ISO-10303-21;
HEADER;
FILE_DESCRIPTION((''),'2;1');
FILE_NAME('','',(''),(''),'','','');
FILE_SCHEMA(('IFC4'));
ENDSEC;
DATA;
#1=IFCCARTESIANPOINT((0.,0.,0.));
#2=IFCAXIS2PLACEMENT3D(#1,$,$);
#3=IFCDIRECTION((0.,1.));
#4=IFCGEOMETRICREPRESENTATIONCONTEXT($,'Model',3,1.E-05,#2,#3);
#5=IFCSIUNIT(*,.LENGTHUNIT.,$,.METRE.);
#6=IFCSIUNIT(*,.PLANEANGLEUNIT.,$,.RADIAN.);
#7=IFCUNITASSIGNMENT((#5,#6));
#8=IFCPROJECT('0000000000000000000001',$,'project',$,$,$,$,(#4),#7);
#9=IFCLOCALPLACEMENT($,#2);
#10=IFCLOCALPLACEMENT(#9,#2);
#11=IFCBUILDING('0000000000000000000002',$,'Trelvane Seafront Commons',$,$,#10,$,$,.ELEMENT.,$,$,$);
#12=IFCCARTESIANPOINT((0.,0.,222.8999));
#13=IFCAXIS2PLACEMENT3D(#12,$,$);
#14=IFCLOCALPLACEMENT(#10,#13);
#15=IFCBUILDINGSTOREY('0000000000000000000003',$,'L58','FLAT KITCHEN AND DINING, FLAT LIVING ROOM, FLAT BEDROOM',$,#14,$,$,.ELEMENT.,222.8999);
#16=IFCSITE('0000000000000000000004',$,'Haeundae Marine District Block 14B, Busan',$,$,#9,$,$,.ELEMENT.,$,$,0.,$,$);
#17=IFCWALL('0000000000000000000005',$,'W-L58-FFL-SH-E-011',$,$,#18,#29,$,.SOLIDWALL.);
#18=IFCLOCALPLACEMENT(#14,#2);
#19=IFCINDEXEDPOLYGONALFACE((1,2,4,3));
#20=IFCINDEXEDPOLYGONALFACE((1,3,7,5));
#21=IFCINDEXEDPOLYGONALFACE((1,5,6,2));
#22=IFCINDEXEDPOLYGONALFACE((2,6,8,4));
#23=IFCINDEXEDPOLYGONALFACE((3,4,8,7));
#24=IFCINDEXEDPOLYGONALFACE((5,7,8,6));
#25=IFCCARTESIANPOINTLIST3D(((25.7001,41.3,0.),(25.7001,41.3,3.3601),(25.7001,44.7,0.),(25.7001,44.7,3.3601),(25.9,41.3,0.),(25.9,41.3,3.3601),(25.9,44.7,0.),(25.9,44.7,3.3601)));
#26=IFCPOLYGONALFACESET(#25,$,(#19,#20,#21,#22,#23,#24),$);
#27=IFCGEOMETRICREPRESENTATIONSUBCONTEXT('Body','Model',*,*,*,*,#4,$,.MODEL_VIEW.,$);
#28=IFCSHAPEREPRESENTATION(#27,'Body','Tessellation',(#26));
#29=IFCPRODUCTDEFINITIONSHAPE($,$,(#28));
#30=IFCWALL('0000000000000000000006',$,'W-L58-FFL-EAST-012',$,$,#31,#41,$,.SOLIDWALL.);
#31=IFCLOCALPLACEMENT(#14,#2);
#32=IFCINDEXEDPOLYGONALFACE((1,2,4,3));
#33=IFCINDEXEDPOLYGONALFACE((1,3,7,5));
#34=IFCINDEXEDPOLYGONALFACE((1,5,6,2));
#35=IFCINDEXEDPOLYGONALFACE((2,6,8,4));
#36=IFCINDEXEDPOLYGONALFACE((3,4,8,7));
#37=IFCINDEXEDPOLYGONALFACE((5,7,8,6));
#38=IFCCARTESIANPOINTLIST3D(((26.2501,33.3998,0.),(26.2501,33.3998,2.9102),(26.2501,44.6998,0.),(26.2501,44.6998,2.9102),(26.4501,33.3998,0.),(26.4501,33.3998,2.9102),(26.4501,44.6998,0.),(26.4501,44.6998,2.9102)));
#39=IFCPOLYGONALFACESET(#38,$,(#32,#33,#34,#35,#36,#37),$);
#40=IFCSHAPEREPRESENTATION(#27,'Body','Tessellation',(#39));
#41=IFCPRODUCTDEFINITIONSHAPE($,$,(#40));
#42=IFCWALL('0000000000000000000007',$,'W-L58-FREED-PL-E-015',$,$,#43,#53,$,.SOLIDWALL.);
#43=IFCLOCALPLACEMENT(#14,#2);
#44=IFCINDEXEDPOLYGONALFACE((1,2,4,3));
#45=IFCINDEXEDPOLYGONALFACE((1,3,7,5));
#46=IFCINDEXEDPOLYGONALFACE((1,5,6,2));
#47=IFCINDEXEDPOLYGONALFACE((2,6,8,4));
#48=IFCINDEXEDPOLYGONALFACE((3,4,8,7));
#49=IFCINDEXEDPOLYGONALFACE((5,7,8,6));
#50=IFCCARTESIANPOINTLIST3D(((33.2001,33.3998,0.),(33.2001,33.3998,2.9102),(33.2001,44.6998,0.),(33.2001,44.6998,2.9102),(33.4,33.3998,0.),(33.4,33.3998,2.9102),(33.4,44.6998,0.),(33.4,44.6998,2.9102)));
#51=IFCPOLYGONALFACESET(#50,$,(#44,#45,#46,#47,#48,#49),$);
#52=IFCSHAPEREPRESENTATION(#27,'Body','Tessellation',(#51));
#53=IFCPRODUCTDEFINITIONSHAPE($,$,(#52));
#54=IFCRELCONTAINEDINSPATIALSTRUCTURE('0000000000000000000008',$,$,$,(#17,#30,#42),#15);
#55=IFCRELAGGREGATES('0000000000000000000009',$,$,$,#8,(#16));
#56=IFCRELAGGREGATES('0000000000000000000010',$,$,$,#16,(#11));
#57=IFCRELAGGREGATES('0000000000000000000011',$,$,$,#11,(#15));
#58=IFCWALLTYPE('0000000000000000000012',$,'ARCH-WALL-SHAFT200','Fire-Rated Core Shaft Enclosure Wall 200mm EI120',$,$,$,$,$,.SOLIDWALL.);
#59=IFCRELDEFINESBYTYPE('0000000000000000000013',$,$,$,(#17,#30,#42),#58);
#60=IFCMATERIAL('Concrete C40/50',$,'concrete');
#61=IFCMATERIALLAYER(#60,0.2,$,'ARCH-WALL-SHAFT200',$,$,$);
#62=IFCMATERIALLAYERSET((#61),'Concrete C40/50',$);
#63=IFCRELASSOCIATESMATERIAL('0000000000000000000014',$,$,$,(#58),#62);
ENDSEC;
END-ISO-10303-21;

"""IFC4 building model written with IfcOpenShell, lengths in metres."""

from ifc_helpers import new_model, si_unit, direction, frame, frame_2d, origin, place, context, subcontext, project, spatial, rectangle, extrude, material, layer, layer_set, type_object, element, save


model = new_model("IFC4")

# Units and contexts
model_context = context("Model", 3, precision=1e-05, world=origin(), true_north=direction((0.0, 1.0)))
body_context = subcontext(model_context, "Body", "Model", "MODEL_VIEW")
ifc_project = project(units=[si_unit("LENGTHUNIT", "METRE"), si_unit("PLANEANGLEUNIT", "RADIAN")], contexts=[model_context])

# Site, building, storey
site_placement = place(None, origin())
site = spatial("IfcSite", under=ifc_project, at=site_placement, Name="Haeundae Marine District Block 14B, Busan", CompositionType="ELEMENT", RefElevation=0.0)
building_placement = place(site_placement, origin())
building = spatial("IfcBuilding", under=site, at=building_placement, Name="Trelvane Seafront Commons", CompositionType="ELEMENT")
storey_placement = place(building_placement, frame((0.0, 0.0, 222.8999)))
storey = spatial("IfcBuildingStorey", under=building, at=storey_placement, Name="L58", Description="FLAT KITCHEN AND DINING, FLAT LIVING ROOM, FLAT BEDROOM", CompositionType="ELEMENT", Elevation=222.8999)

# Shared definitions
ifc_material_1 = material(Name="Concrete C40/50", Category="concrete")

# Walls
ifc_layer_1 = layer(ifc_material_1, 0.2, Name="ARCH-WALL-SHAFT200")
ifc_layer_set_1 = layer_set([ifc_layer_1], Name="Concrete C40/50")
wall_type_1 = type_object("IfcWallType", Name="ARCH-WALL-SHAFT200", Description="Fire-Rated Core Shaft Enclosure Wall 200mm EI120", PredefinedType="SOLIDWALL", material=ifc_layer_set_1)
for number, where, z_axis, x_axis, name in (
    (1, (25.8, 41.3, 0.0), (0.0, 0.0, 1.0), (0.0, 1.0, 0.0), "W-L58-FFL-SH-E-011"),
):
    element("IfcWall", number, at=place(storey_placement, frame(where, z_axis=z_axis, x_axis=x_axis)), inside=storey, type_object=wall_type_1, Name=name, PredefinedType="SOLIDWALL", context=body_context, shape_type="SweptSolid", body=[
        extrude(rectangle(XDim=3.3999, YDim=0.2, at=frame_2d((1.7, 0.0))), origin(), (0.0, 0.0, 1.0), 3.3601),
    ])
for number, where, z_axis, x_axis, name in (
    (2, (26.3501, 33.3999, 0.0), (0.0, 0.0, 1.0), (0.0, 1.0, 0.0), "W-L58-FFL-EAST-012"),
    (3, (33.3, 33.3999, 0.0), (0.0, 0.0, 1.0), (0.0, 1.0, 0.0), "W-L58-FREED-PL-E-015"),
):
    element("IfcWall", number, at=place(storey_placement, frame(where, z_axis=z_axis, x_axis=x_axis)), inside=storey, type_object=wall_type_1, Name=name, PredefinedType="SOLIDWALL", context=body_context, shape_type="SweptSolid", body=[
        extrude(rectangle(XDim=11.3, YDim=0.2, at=frame_2d((5.6499, 0.0))), origin(), (0.0, 0.0, 1.0), 2.9102),
    ])

save(model, "model.ifc")
